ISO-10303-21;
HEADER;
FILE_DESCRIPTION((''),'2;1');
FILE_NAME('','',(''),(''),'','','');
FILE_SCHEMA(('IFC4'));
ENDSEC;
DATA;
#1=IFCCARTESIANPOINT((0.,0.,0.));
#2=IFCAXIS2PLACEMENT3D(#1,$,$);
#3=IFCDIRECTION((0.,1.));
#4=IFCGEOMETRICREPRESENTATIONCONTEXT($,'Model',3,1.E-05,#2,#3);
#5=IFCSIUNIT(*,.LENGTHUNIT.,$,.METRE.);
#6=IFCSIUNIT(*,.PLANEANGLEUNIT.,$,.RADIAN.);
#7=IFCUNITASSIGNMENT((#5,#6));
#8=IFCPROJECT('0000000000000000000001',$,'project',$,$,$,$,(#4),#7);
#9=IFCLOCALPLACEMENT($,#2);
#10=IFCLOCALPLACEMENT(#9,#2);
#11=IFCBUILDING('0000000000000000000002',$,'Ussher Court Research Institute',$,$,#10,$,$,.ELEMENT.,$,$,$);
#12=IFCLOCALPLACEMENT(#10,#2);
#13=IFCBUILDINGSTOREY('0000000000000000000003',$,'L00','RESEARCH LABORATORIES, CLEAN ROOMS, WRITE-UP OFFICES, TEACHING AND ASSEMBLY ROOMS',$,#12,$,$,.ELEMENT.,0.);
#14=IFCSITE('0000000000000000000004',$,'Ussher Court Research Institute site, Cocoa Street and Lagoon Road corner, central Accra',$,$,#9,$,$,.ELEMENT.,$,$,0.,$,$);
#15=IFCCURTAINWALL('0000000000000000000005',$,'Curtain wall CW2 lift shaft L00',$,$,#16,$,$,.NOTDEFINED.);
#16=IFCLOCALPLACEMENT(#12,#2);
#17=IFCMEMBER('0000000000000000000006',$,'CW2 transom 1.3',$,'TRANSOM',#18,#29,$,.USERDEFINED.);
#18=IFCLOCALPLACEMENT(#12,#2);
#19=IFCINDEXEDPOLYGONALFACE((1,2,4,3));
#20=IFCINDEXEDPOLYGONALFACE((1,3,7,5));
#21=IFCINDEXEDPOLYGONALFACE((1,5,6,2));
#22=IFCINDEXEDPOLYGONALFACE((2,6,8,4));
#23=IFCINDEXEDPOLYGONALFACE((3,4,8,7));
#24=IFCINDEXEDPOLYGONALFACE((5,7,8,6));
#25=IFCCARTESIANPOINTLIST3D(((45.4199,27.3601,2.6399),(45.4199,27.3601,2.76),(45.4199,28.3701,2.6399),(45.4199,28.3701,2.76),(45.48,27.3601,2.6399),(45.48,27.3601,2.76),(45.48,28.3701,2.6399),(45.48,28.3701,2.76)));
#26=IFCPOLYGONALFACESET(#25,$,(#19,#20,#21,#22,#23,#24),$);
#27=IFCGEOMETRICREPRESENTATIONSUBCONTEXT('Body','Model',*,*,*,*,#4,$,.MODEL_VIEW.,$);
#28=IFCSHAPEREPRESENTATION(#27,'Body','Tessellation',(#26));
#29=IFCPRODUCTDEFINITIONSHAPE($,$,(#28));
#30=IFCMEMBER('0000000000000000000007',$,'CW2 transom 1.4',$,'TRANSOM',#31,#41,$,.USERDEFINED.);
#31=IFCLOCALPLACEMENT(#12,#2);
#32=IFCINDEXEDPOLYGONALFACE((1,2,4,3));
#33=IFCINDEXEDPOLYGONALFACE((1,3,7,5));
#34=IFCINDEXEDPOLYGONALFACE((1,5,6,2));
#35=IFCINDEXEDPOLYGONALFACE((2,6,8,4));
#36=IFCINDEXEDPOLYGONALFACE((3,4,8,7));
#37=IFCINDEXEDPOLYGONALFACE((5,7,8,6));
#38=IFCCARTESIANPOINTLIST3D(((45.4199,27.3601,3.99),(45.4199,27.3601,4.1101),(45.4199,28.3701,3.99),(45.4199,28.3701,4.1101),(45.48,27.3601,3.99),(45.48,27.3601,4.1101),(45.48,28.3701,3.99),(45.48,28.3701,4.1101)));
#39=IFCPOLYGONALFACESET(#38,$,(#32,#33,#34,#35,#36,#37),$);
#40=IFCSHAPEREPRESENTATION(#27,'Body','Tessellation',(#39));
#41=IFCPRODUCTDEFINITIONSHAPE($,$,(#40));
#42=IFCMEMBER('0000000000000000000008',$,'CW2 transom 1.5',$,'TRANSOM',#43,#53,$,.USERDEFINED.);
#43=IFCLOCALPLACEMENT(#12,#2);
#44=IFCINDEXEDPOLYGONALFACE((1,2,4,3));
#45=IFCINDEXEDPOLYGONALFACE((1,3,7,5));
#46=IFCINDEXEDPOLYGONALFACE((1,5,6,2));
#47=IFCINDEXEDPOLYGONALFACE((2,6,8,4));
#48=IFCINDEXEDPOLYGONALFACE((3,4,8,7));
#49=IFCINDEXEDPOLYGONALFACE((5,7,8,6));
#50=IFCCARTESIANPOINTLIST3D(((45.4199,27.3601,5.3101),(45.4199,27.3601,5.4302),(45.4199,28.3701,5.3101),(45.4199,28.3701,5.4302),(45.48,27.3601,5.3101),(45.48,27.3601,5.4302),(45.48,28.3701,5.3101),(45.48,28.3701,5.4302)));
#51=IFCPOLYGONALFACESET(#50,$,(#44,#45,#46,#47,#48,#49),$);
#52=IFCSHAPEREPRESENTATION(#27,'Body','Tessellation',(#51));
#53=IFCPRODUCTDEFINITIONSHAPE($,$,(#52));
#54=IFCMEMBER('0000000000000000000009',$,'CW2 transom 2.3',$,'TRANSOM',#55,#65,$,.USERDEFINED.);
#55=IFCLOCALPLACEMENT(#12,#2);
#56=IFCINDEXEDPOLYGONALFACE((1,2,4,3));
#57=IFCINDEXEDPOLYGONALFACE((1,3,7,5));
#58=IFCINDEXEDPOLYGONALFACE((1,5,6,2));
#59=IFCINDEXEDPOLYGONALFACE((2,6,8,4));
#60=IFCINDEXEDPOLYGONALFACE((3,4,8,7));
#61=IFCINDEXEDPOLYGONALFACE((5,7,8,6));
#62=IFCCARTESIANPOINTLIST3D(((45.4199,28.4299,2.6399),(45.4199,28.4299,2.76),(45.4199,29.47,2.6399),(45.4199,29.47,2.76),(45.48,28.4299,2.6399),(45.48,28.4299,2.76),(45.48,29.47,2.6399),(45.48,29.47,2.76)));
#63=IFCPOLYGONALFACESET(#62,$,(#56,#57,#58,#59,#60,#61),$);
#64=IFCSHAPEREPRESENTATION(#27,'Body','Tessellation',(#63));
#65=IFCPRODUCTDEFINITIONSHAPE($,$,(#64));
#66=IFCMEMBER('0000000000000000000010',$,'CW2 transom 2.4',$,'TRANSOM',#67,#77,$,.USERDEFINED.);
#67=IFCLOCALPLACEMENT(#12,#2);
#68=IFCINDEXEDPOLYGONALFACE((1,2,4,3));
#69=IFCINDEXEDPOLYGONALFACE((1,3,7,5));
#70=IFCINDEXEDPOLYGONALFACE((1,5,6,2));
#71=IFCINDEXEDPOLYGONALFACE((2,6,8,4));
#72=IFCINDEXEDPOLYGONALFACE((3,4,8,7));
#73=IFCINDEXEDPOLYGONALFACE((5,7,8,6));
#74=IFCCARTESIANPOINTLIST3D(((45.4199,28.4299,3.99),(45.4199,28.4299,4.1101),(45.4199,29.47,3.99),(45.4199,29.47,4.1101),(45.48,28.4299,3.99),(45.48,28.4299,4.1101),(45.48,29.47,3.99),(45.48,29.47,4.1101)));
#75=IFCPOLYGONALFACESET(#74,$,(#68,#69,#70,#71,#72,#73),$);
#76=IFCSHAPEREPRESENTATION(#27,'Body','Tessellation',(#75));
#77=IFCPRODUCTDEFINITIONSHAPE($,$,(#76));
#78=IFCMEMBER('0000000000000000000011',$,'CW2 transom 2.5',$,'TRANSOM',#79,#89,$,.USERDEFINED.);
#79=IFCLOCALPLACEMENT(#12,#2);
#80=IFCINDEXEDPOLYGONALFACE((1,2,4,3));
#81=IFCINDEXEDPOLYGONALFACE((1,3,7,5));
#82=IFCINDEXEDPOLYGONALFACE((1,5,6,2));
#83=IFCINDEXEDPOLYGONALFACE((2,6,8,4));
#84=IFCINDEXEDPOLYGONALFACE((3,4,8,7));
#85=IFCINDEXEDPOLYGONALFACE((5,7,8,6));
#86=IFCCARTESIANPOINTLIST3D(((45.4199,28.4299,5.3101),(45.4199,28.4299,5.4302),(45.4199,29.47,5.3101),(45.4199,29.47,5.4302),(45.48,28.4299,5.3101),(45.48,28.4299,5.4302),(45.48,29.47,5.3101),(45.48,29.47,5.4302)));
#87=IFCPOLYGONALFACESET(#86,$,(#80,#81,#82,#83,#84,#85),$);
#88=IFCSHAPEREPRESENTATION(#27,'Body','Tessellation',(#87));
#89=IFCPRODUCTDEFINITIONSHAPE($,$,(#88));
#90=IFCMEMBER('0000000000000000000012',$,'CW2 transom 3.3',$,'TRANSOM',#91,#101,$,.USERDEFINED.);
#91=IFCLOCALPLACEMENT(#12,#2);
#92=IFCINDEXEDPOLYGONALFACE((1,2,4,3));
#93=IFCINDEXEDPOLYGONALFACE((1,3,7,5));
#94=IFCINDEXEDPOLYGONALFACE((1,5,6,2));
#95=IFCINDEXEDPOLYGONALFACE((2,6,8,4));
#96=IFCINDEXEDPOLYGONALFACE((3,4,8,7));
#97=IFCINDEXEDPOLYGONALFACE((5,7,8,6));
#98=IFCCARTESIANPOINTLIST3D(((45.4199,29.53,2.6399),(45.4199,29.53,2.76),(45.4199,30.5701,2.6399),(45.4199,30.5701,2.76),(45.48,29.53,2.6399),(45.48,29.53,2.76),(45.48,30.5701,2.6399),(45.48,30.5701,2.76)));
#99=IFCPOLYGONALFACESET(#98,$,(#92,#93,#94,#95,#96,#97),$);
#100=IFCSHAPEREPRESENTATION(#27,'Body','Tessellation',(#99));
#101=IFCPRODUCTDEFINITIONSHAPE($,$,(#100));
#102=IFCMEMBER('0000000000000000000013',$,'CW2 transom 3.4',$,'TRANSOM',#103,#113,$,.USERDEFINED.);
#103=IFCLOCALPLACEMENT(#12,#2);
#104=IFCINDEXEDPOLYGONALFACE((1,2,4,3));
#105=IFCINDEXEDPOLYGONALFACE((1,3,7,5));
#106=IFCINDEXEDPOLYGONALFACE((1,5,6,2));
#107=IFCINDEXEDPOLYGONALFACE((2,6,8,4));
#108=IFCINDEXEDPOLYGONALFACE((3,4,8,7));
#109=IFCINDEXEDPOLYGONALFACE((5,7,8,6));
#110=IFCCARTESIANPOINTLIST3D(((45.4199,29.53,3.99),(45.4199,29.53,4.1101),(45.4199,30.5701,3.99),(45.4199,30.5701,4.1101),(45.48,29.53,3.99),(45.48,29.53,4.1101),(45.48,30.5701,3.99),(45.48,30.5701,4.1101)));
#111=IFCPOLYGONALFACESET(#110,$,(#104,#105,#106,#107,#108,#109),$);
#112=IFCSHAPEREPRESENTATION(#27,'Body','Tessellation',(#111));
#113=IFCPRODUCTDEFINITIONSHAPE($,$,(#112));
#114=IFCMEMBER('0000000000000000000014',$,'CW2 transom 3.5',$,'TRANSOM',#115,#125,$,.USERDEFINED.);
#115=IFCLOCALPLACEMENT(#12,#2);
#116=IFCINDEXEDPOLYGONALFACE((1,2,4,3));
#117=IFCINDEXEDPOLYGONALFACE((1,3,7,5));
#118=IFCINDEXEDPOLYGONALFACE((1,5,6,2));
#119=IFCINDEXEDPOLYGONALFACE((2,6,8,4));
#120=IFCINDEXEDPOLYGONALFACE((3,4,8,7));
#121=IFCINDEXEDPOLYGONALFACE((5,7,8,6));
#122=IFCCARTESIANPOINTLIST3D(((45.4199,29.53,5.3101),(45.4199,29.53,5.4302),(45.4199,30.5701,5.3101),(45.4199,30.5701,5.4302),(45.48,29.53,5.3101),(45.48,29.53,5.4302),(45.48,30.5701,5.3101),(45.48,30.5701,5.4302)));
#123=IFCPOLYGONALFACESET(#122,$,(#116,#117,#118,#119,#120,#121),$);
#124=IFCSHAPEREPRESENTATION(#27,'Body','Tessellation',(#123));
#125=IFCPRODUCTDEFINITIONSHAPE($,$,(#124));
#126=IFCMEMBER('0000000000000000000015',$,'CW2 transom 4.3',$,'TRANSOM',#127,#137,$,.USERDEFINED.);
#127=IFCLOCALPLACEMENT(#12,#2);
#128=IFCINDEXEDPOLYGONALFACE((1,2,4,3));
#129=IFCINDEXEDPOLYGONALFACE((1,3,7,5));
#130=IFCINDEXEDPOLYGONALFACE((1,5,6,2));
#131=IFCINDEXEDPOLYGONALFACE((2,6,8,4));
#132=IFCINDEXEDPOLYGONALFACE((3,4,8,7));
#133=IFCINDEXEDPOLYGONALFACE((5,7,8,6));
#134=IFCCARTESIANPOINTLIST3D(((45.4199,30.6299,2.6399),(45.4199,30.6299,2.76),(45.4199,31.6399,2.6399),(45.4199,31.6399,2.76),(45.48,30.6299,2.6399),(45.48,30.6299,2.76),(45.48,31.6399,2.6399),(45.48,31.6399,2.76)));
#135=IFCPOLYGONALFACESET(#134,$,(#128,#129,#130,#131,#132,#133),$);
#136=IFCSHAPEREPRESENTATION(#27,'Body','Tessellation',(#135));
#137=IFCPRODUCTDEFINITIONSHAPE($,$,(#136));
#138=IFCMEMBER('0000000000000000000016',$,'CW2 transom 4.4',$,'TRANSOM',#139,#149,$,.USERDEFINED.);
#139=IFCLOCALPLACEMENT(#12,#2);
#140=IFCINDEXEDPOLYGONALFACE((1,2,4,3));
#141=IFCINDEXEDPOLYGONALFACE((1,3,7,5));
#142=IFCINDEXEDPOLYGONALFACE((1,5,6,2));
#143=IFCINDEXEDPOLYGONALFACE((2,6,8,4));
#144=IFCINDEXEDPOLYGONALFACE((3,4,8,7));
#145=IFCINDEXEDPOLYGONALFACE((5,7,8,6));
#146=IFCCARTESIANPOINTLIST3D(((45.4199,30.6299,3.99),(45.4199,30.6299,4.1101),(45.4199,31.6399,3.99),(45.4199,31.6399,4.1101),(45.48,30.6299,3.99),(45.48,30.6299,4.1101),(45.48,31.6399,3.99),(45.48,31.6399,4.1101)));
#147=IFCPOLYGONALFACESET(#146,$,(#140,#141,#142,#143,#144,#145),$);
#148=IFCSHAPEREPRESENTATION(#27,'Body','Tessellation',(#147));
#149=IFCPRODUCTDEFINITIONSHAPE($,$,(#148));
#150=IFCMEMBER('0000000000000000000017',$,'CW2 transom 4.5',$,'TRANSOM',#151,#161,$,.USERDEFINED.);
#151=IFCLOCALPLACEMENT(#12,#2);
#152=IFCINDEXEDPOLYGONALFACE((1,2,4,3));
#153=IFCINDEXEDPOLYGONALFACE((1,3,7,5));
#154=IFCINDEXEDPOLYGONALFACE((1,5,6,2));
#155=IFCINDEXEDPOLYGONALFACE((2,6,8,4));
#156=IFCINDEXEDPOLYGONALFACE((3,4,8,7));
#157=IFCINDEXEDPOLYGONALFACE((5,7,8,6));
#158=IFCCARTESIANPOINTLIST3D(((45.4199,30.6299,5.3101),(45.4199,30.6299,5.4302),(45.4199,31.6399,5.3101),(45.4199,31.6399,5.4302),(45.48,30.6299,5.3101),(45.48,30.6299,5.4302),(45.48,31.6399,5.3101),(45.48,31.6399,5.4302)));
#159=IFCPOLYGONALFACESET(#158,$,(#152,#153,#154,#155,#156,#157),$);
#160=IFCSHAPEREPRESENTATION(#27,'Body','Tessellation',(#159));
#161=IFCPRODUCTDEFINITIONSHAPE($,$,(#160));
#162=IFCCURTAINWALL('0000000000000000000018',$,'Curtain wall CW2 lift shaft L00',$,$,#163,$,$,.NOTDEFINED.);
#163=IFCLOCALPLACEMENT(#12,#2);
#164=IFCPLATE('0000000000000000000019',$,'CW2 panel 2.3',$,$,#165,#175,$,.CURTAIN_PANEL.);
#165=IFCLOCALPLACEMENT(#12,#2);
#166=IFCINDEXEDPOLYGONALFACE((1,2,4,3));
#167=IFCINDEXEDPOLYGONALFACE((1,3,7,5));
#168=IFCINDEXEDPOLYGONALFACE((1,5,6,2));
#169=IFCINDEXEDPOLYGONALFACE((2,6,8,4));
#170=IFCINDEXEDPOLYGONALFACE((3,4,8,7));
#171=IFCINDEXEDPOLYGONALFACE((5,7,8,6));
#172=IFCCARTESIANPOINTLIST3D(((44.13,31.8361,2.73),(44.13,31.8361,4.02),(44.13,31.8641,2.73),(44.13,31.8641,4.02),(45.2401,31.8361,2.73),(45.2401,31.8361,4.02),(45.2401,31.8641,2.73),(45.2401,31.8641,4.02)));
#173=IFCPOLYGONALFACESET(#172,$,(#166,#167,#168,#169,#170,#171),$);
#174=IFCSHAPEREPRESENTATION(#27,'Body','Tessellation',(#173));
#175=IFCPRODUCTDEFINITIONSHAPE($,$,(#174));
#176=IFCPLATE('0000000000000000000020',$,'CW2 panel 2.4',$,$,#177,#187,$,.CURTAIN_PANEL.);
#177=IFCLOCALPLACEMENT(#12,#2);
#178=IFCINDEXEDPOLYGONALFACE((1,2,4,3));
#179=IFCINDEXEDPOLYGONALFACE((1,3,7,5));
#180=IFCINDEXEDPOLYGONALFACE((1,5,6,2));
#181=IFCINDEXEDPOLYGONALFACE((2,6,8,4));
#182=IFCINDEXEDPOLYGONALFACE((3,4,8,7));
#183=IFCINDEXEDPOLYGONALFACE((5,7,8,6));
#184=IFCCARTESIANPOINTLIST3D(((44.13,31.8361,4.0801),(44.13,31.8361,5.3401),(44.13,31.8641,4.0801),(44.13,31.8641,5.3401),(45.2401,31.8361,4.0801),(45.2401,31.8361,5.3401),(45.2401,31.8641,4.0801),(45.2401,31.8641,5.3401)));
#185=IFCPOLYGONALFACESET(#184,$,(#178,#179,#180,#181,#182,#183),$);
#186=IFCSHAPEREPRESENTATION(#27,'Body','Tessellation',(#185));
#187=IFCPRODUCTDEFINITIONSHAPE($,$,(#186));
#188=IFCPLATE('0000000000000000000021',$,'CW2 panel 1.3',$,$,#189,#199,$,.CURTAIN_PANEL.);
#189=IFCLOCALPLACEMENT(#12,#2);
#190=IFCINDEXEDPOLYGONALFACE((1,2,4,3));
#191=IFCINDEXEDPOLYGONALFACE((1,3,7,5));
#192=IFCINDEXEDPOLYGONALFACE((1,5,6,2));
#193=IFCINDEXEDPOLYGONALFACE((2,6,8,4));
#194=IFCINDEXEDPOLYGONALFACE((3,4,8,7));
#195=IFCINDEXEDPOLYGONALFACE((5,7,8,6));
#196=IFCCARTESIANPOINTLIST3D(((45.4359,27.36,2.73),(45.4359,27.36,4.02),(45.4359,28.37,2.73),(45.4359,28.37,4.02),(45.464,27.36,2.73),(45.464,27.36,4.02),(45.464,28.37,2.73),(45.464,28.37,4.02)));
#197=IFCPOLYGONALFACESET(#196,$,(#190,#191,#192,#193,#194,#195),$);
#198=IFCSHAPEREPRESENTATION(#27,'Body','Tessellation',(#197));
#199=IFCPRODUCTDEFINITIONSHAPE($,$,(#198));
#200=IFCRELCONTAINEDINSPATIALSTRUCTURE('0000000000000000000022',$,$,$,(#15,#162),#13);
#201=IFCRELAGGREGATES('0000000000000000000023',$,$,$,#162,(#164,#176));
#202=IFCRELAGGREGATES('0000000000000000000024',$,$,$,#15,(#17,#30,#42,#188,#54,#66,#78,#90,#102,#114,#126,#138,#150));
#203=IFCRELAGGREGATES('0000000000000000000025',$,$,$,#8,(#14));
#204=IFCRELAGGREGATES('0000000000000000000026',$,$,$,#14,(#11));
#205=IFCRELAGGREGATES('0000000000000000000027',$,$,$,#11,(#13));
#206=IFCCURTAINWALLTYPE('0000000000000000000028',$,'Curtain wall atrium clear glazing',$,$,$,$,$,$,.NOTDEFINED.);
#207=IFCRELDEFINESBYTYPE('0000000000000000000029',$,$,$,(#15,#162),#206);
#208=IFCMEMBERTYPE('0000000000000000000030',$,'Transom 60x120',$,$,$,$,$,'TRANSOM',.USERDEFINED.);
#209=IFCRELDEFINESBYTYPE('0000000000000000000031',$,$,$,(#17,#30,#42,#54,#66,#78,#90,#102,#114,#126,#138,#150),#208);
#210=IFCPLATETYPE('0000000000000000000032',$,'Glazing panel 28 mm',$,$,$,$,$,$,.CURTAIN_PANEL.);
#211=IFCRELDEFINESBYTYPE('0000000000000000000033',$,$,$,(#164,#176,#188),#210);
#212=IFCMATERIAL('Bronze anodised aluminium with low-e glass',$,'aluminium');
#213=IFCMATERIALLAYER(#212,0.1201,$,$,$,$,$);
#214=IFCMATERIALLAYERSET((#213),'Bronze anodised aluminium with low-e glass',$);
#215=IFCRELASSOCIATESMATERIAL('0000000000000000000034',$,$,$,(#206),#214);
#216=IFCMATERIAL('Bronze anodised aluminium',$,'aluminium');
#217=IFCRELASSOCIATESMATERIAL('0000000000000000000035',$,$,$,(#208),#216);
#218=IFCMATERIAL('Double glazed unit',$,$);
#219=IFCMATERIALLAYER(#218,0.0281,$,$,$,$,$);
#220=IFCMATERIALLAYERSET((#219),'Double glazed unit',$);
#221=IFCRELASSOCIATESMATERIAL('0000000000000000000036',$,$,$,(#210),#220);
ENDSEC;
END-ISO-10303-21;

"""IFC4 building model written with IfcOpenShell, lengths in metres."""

from ifc_helpers import new_model, si_unit, direction, frame, origin, origin_2d, place, context, subcontext, project, spatial, rectangle, extrude, material, layer, layer_set, material_profile, profile_set, type_object, element, aggregate, save


model = new_model("IFC4")

# Units and contexts
model_context = context("Model", 3, precision=1e-05, world=origin(), true_north=direction((0.0, 1.0)))
body_context = subcontext(model_context, "Body", "Model", "MODEL_VIEW")
ifc_project = project(units=[si_unit("LENGTHUNIT", "METRE"), si_unit("PLANEANGLEUNIT", "RADIAN")], contexts=[model_context])

# Site, building, storey
site_placement = place(None, origin())
site = spatial("IfcSite", under=ifc_project, at=site_placement, Name="Ussher Court Research Institute site, Cocoa Street and Lagoon Road corner, central Accra", CompositionType="ELEMENT", RefElevation=0.0)
building_placement = place(site_placement, origin())
building = spatial("IfcBuilding", under=site, at=building_placement, Name="Ussher Court Research Institute", CompositionType="ELEMENT")
storey_placement = place(building_placement, origin())
storey = spatial("IfcBuildingStorey", under=building, at=storey_placement, Name="L00", Description="RESEARCH LABORATORIES, CLEAN ROOMS, WRITE-UP OFFICES, TEACHING AND ASSEMBLY ROOMS", CompositionType="ELEMENT", Elevation=0.0)

# Curtain wall, members
ifc_material_1 = material(Name="Bronze anodised aluminium with low-e glass", Category="aluminium")
ifc_layer_1 = layer(ifc_material_1, 0.1201)
ifc_layer_set_1 = layer_set([ifc_layer_1], Name="Bronze anodised aluminium with low-e glass")
curtain_wall_type = type_object("IfcCurtainWallType", Name="Curtain wall atrium clear glazing", PredefinedType="NOTDEFINED", material=ifc_layer_set_1)
curtain_wall_1_placement = place(storey_placement, origin())
curtain_wall_1 = element("IfcCurtainWall", 1, at=curtain_wall_1_placement, inside=storey, type_object=curtain_wall_type, Name="Curtain wall CW2 lift shaft L00", PredefinedType="NOTDEFINED")
ifc_material_2 = material(Name="Bronze anodised aluminium", Category="aluminium")
ifc_material_profile = material_profile(ifc_material_2, rectangle(XDim=0.0601, YDim=0.1201, at=origin_2d()), Name="Transom 60x120")
ifc_profile_set = profile_set([ifc_material_profile], Name="Bronze anodised aluminium")
member_type = type_object("IfcMemberType", Name="Transom 60x120", ElementType="TRANSOM", PredefinedType="USERDEFINED", material=ifc_profile_set)
member_1_placement = place(storey_placement, frame((45.45, 27.3601, 2.7), z_axis=(0.0, 1.0, 0.0), x_axis=(-1.0, 0.0, 0.0)))
member_1 = element("IfcMember", 2, at=member_1_placement, type_object=member_type, Name="CW2 transom 1.3", ObjectType="TRANSOM", PredefinedType="USERDEFINED", context=body_context, shape_type="SweptSolid", body=[
    extrude(rectangle(XDim=0.0601, YDim=0.1201, at=origin_2d()), origin(), (0.0, 0.0, 1.0), 1.01),
])
member_2_placement = place(storey_placement, frame((45.45, 27.3601, 4.05), z_axis=(0.0, 1.0, 0.0), x_axis=(-1.0, 0.0, 0.0)))
member_2 = element("IfcMember", 3, at=member_2_placement, type_object=member_type, Name="CW2 transom 1.4", ObjectType="TRANSOM", PredefinedType="USERDEFINED", context=body_context, shape_type="SweptSolid", body=[
    extrude(rectangle(XDim=0.0601, YDim=0.1201, at=origin_2d()), origin(), (0.0, 0.0, 1.0), 1.01),
])
member_3_placement = place(storey_placement, frame((45.45, 27.3601, 5.3701), z_axis=(0.0, 1.0, 0.0), x_axis=(-1.0, 0.0, 0.0)))
member_3 = element("IfcMember", 4, at=member_3_placement, type_object=member_type, Name="CW2 transom 1.5", ObjectType="TRANSOM", PredefinedType="USERDEFINED", context=body_context, shape_type="SweptSolid", body=[
    extrude(rectangle(XDim=0.0601, YDim=0.1201, at=origin_2d()), origin(), (0.0, 0.0, 1.0), 1.01),
])
member_4_placement = place(storey_placement, frame((45.45, 28.4299, 2.7), z_axis=(0.0, 1.0, 0.0), x_axis=(-1.0, 0.0, 0.0)))
member_4 = element("IfcMember", 5, at=member_4_placement, type_object=member_type, Name="CW2 transom 2.3", ObjectType="TRANSOM", PredefinedType="USERDEFINED", context=body_context, shape_type="SweptSolid", body=[
    extrude(rectangle(XDim=0.0601, YDim=0.1201, at=origin_2d()), origin(), (0.0, 0.0, 1.0), 1.04),
])
member_5_placement = place(storey_placement, frame((45.45, 28.4299, 4.05), z_axis=(0.0, 1.0, 0.0), x_axis=(-1.0, 0.0, 0.0)))
member_5 = element("IfcMember", 6, at=member_5_placement, type_object=member_type, Name="CW2 transom 2.4", ObjectType="TRANSOM", PredefinedType="USERDEFINED", context=body_context, shape_type="SweptSolid", body=[
    extrude(rectangle(XDim=0.0601, YDim=0.1201, at=origin_2d()), origin(), (0.0, 0.0, 1.0), 1.04),
])
member_6_placement = place(storey_placement, frame((45.45, 28.4299, 5.3701), z_axis=(0.0, 1.0, 0.0), x_axis=(-1.0, 0.0, 0.0)))
member_6 = element("IfcMember", 7, at=member_6_placement, type_object=member_type, Name="CW2 transom 2.5", ObjectType="TRANSOM", PredefinedType="USERDEFINED", context=body_context, shape_type="SweptSolid", body=[
    extrude(rectangle(XDim=0.0601, YDim=0.1201, at=origin_2d()), origin(), (0.0, 0.0, 1.0), 1.04),
])
member_7_placement = place(storey_placement, frame((45.45, 29.53, 2.7), z_axis=(0.0, 1.0, 0.0), x_axis=(-1.0, 0.0, 0.0)))
member_7 = element("IfcMember", 8, at=member_7_placement, type_object=member_type, Name="CW2 transom 3.3", ObjectType="TRANSOM", PredefinedType="USERDEFINED", context=body_context, shape_type="SweptSolid", body=[
    extrude(rectangle(XDim=0.0601, YDim=0.1201, at=origin_2d()), origin(), (0.0, 0.0, 1.0), 1.04),
])
member_8_placement = place(storey_placement, frame((45.45, 29.53, 4.05), z_axis=(0.0, 1.0, 0.0), x_axis=(-1.0, 0.0, 0.0)))
member_8 = element("IfcMember", 9, at=member_8_placement, type_object=member_type, Name="CW2 transom 3.4", ObjectType="TRANSOM", PredefinedType="USERDEFINED", context=body_context, shape_type="SweptSolid", body=[
    extrude(rectangle(XDim=0.0601, YDim=0.1201, at=origin_2d()), origin(), (0.0, 0.0, 1.0), 1.04),
])
member_9_placement = place(storey_placement, frame((45.45, 29.53, 5.3701), z_axis=(0.0, 1.0, 0.0), x_axis=(-1.0, 0.0, 0.0)))
member_9 = element("IfcMember", 10, at=member_9_placement, type_object=member_type, Name="CW2 transom 3.5", ObjectType="TRANSOM", PredefinedType="USERDEFINED", context=body_context, shape_type="SweptSolid", body=[
    extrude(rectangle(XDim=0.0601, YDim=0.1201, at=origin_2d()), origin(), (0.0, 0.0, 1.0), 1.04),
])
member_10_placement = place(storey_placement, frame((45.45, 30.6299, 2.7), z_axis=(0.0, 1.0, 0.0), x_axis=(-1.0, 0.0, 0.0)))
member_10 = element("IfcMember", 11, at=member_10_placement, type_object=member_type, Name="CW2 transom 4.3", ObjectType="TRANSOM", PredefinedType="USERDEFINED", context=body_context, shape_type="SweptSolid", body=[
    extrude(rectangle(XDim=0.0601, YDim=0.1201, at=origin_2d()), origin(), (0.0, 0.0, 1.0), 1.01),
])
member_11_placement = place(storey_placement, frame((45.45, 30.6299, 4.05), z_axis=(0.0, 1.0, 0.0), x_axis=(-1.0, 0.0, 0.0)))
member_11 = element("IfcMember", 12, at=member_11_placement, type_object=member_type, Name="CW2 transom 4.4", ObjectType="TRANSOM", PredefinedType="USERDEFINED", context=body_context, shape_type="SweptSolid", body=[
    extrude(rectangle(XDim=0.0601, YDim=0.1201, at=origin_2d()), origin(), (0.0, 0.0, 1.0), 1.01),
])
member_12_placement = place(storey_placement, frame((45.45, 30.6299, 5.3701), z_axis=(0.0, 1.0, 0.0), x_axis=(-1.0, 0.0, 0.0)))
member_12 = element("IfcMember", 13, at=member_12_placement, type_object=member_type, Name="CW2 transom 4.5", ObjectType="TRANSOM", PredefinedType="USERDEFINED", context=body_context, shape_type="SweptSolid", body=[
    extrude(rectangle(XDim=0.0601, YDim=0.1201, at=origin_2d()), origin(), (0.0, 0.0, 1.0), 1.01),
])

# Curtain wall, plates
curtain_wall_2_placement = place(storey_placement, origin())
curtain_wall_2 = element("IfcCurtainWall", 14, at=curtain_wall_2_placement, inside=storey, type_object=curtain_wall_type, Name="Curtain wall CW2 lift shaft L00", PredefinedType="NOTDEFINED")
ifc_material_3 = material(Name="Double glazed unit")
ifc_layer_2 = layer(ifc_material_3, 0.0281)
ifc_layer_set_2 = layer_set([ifc_layer_2], Name="Double glazed unit")
plate_type = type_object("IfcPlateType", Name="Glazing panel 28 mm", PredefinedType="CURTAIN_PANEL", material=ifc_layer_set_2)
plate_1_placement = place(storey_placement, frame((44.6851, 31.8501, 2.73), z_axis=(0.0, 0.0, 1.0), x_axis=(1.0, 0.0, 0.0)))
plate_1 = element("IfcPlate", 15, at=plate_1_placement, type_object=plate_type, Name="CW2 panel 2.3", PredefinedType="CURTAIN_PANEL", context=body_context, shape_type="SweptSolid", body=[
    extrude(rectangle(XDim=1.1101, YDim=0.0281, at=origin_2d()), origin(), (0.0, 0.0, 1.0), 1.29),
])
plate_2_placement = place(storey_placement, frame((44.6851, 31.8501, 4.0801), z_axis=(0.0, 0.0, 1.0), x_axis=(1.0, 0.0, 0.0)))
plate_2 = element("IfcPlate", 16, at=plate_2_placement, type_object=plate_type, Name="CW2 panel 2.4", PredefinedType="CURTAIN_PANEL", context=body_context, shape_type="SweptSolid", body=[
    extrude(rectangle(XDim=1.1101, YDim=0.0281, at=origin_2d()), origin(), (0.0, 0.0, 1.0), 1.26),
])
aggregate(curtain_wall_2, [plate_1, plate_2])

# Plate
plate_3_placement = place(storey_placement, frame((45.45, 27.865, 2.73), z_axis=(0.0, 0.0, 1.0), x_axis=(0.0, 1.0, 0.0)))
plate_3 = element("IfcPlate", 17, at=plate_3_placement, type_object=plate_type, Name="CW2 panel 1.3", PredefinedType="CURTAIN_PANEL", context=body_context, shape_type="SweptSolid", body=[
    extrude(rectangle(XDim=1.01, YDim=0.0281, at=origin_2d()), origin(), (0.0, 0.0, 1.0), 1.29),
])
aggregate(curtain_wall_1, [member_1, member_2, member_3, plate_3, member_4, member_5, member_6, member_7, member_8, member_9, member_10, member_11, member_12])

save(model, "model.ifc")
